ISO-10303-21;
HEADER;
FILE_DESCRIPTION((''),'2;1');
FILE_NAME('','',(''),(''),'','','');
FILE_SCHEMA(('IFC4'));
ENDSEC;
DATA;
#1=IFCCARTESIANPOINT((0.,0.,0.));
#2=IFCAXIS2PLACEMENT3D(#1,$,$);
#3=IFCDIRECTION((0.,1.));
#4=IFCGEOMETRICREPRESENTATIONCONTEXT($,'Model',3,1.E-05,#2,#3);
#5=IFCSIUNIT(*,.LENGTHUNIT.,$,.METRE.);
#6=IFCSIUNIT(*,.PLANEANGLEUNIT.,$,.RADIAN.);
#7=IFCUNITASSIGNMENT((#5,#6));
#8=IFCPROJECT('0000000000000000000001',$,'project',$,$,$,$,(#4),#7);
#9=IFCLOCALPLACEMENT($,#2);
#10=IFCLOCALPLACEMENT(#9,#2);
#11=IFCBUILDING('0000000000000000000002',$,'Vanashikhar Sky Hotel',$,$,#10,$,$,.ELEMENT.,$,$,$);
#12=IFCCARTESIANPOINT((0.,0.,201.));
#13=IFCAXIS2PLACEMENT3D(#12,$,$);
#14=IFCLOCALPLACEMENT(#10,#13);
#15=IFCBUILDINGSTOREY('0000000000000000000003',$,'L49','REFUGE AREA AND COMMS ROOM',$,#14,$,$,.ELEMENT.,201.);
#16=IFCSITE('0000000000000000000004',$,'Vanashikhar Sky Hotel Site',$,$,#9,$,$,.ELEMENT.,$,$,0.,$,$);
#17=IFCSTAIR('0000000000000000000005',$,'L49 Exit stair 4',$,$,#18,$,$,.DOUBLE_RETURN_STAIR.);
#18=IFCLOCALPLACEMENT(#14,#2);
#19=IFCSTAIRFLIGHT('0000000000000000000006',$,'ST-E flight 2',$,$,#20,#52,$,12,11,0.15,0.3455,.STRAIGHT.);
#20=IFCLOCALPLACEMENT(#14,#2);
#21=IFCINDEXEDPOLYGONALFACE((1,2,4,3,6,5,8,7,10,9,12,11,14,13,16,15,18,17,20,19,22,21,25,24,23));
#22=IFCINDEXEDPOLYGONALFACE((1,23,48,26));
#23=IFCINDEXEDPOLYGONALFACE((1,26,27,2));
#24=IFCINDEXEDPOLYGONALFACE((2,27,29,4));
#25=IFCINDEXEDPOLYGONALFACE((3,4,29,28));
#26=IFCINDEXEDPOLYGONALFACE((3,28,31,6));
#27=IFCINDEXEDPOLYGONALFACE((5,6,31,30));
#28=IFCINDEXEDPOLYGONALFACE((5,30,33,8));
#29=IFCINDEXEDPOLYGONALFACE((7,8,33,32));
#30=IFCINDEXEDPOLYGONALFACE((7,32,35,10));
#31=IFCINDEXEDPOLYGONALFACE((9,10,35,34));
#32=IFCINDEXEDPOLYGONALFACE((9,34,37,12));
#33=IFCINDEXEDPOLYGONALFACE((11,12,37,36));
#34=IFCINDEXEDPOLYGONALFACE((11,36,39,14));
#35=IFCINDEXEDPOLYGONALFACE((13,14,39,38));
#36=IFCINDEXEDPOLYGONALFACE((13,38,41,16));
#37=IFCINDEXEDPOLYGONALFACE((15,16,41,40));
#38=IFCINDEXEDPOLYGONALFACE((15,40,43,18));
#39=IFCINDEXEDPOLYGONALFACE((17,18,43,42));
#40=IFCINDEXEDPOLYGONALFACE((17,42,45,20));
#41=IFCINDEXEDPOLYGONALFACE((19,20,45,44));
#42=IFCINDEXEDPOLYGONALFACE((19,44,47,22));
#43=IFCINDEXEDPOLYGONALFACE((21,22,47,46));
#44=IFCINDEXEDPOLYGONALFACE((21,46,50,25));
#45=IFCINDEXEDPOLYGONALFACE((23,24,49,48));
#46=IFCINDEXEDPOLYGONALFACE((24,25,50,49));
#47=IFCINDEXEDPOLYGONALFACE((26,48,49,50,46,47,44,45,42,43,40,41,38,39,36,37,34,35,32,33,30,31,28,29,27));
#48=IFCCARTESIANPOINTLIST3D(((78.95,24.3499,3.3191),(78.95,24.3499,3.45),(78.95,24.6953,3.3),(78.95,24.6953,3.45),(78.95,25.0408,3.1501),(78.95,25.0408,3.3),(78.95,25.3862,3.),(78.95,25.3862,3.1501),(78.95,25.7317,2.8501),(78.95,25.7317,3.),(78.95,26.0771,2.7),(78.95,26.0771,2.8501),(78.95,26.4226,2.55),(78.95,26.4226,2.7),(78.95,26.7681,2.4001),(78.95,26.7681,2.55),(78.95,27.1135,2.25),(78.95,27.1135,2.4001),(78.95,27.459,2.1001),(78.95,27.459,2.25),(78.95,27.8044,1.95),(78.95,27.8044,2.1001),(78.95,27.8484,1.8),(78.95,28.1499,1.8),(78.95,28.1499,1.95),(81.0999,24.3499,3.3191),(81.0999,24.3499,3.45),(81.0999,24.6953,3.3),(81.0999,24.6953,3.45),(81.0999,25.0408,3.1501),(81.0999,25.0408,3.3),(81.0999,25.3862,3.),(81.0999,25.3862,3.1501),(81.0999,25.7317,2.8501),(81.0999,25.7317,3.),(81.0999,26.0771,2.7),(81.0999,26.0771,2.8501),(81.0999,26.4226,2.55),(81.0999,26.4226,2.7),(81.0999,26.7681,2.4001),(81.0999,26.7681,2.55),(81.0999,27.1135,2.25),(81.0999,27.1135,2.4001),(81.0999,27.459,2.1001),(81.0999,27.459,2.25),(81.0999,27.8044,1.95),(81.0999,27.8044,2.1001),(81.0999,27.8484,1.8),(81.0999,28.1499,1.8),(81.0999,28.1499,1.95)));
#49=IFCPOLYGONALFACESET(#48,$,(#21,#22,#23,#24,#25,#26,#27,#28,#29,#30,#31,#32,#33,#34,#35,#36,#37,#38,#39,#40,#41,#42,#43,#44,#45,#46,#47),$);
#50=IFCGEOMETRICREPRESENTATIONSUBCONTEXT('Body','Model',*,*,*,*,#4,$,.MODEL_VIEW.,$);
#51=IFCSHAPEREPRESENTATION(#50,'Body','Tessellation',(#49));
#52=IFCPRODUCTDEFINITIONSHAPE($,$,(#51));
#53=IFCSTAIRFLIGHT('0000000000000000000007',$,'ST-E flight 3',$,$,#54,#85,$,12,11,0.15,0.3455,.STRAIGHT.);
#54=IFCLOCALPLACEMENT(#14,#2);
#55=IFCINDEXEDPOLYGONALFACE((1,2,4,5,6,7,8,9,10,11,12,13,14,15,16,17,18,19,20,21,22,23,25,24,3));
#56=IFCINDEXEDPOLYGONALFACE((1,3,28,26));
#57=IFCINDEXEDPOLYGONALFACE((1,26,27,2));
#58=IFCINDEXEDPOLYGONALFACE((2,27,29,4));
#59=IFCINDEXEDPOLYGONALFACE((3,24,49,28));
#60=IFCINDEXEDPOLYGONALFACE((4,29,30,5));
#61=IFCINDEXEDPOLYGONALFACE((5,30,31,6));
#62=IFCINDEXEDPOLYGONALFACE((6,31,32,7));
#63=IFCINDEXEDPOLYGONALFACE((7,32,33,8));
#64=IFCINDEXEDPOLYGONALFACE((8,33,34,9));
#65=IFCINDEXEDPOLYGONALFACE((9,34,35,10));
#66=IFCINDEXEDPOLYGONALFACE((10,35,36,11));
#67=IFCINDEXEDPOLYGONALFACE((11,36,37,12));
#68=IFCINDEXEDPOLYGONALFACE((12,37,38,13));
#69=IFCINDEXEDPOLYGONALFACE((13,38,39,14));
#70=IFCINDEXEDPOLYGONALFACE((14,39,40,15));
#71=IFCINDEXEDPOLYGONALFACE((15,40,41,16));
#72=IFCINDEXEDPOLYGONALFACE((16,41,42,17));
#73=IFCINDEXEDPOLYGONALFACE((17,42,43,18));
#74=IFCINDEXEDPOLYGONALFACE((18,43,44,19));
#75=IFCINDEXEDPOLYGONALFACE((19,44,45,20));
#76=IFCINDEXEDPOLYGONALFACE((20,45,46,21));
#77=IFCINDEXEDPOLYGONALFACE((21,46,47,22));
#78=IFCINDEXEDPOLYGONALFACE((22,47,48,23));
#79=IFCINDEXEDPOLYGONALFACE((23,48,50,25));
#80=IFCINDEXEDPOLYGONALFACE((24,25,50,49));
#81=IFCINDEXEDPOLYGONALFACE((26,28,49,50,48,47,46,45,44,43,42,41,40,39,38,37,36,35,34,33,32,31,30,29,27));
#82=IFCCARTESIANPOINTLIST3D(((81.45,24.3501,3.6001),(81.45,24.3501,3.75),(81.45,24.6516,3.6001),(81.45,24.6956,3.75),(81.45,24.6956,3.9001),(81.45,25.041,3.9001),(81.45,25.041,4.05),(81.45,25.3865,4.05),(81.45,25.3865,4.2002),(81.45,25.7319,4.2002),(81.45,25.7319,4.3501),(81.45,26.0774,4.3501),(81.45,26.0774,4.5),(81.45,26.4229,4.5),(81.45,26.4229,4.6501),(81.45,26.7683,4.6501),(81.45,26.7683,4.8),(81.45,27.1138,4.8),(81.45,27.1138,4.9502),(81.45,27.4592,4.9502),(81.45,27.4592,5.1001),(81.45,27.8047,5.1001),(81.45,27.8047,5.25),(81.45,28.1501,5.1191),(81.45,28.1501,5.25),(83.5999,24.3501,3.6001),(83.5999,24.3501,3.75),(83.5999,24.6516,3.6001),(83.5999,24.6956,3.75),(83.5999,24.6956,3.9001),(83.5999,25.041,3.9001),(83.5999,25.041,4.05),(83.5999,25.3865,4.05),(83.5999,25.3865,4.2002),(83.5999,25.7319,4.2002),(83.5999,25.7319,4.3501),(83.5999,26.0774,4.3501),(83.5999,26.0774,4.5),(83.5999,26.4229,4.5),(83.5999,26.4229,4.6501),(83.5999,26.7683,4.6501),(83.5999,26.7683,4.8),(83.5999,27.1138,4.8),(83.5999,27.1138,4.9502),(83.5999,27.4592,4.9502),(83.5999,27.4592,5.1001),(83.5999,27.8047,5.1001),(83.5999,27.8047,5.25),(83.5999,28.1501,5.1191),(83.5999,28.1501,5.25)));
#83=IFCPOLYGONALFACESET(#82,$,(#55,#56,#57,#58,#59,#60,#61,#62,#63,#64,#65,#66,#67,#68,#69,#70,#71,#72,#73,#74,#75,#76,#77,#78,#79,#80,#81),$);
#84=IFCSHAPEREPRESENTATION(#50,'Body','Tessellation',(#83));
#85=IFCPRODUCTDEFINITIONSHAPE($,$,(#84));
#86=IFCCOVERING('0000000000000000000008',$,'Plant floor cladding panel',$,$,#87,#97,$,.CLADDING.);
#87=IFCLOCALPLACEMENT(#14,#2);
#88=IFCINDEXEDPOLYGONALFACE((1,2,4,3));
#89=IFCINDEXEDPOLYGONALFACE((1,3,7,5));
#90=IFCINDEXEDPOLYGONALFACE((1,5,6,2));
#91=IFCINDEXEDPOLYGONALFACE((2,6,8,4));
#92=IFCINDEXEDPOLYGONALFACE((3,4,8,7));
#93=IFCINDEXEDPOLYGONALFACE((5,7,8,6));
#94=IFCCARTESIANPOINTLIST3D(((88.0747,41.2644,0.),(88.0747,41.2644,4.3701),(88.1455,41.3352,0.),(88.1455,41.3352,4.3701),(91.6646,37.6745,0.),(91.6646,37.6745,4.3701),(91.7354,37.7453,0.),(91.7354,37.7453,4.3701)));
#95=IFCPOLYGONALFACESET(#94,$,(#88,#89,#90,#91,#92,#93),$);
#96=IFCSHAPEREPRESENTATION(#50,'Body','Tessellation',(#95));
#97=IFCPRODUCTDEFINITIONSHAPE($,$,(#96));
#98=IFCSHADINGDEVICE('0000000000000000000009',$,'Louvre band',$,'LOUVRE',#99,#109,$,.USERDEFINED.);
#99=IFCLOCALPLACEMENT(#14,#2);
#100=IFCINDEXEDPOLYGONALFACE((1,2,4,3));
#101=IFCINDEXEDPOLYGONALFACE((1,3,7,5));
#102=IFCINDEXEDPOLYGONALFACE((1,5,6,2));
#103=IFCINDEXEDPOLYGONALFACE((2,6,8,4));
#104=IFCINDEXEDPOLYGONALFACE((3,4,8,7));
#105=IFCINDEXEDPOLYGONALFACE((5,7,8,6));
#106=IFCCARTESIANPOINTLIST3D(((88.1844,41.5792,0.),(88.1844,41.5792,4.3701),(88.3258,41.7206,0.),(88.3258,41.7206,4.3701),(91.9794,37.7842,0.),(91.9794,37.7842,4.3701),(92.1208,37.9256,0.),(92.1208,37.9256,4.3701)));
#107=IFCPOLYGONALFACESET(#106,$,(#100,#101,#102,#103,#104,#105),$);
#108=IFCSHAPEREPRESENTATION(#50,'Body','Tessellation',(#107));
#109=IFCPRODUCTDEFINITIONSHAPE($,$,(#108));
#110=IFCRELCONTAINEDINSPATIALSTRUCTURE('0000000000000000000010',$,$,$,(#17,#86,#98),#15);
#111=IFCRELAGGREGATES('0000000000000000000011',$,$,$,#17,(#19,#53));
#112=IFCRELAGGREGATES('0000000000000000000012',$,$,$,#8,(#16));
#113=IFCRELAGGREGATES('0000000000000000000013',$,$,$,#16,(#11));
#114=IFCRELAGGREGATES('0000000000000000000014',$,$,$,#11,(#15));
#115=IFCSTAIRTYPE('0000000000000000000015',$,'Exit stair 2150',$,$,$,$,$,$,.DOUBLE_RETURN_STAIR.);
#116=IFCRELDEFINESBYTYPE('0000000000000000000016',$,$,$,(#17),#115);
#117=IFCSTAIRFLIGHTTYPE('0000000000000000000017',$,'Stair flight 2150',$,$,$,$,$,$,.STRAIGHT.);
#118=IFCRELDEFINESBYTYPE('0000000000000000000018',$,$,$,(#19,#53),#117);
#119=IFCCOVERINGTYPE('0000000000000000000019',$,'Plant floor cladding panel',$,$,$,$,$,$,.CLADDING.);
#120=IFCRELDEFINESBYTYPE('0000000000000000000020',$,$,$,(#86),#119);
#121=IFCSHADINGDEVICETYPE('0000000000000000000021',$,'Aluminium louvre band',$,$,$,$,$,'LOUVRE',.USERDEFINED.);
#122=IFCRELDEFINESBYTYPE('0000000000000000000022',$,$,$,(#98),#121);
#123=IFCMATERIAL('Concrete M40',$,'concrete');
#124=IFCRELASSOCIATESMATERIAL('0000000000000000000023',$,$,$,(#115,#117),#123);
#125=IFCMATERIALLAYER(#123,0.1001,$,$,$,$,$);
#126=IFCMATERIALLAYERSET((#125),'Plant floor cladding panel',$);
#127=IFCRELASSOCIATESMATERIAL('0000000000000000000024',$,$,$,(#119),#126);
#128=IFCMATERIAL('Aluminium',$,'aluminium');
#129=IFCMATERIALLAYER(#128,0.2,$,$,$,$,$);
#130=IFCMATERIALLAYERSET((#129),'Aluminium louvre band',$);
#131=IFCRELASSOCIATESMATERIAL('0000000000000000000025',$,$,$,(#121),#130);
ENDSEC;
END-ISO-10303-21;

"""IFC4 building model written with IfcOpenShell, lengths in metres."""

from ifc_helpers import new_model, si_unit, direction, frame, origin, origin_2d, place, context, subcontext, project, spatial, polyline, rectangle, outline, extrude, source, transform, mapped, material, layer, layer_set, type_object, element, aggregate, save


model = new_model("IFC4")

# Units and contexts
model_context = context("Model", 3, precision=1e-05, world=origin(), true_north=direction((0.0, 1.0)))
body_context = subcontext(model_context, "Body", "Model", "MODEL_VIEW")
ifc_project = project(units=[si_unit("LENGTHUNIT", "METRE"), si_unit("PLANEANGLEUNIT", "RADIAN")], contexts=[model_context])

# Site, building, storey
site_placement = place(None, origin())
site = spatial("IfcSite", under=ifc_project, at=site_placement, Name="Vanashikhar Sky Hotel Site", CompositionType="ELEMENT", RefElevation=0.0)
building_placement = place(site_placement, origin())
building = spatial("IfcBuilding", under=site, at=building_placement, Name="Vanashikhar Sky Hotel", CompositionType="ELEMENT")
storey_placement = place(building_placement, frame((0.0, 0.0, 201.0)))
storey = spatial("IfcBuildingStorey", under=building, at=storey_placement, Name="L49", Description="REFUGE AREA AND COMMS ROOM", CompositionType="ELEMENT", Elevation=201.0)

# Stair, stair flights
ifc_material_1 = material(Name="Concrete M40", Category="concrete")
stair_type = type_object("IfcStairType", Name="Exit stair 2150", PredefinedType="DOUBLE_RETURN_STAIR", material=ifc_material_1)
stair_placement = place(storey_placement, origin())
stair = element("IfcStair", 1, at=stair_placement, inside=storey, type_object=stair_type, Name="L49 Exit stair 4", PredefinedType="DOUBLE_RETURN_STAIR")
stair_flight_type = type_object("IfcStairFlightType", Name="Stair flight 2150", PredefinedType="STRAIGHT", material=ifc_material_1)
shared_shape_1 = source(origin(), body_context, "Body", "SweptSolid", [
    extrude(outline(polyline([(0.0, 0.0), (0.0, 0.1499), (0.3455, 0.1499), (0.3455, 0.3), (0.6909, 0.3), (0.6909, 0.45), (1.0364, 0.45), (1.0364, 0.6001), (1.3818, 0.6001), (1.3818, 0.75), (1.7273, 0.75), (1.7273, 0.8999), (2.0728, 0.8999), (2.0728, 1.05), (2.4182, 1.05), (2.4182, 1.2), (2.7637, 1.2), (2.7637, 1.3501), (3.1091, 1.3501), (3.1091, 1.5), (3.4546, 1.5), (3.4546, 1.6499), (3.8, 1.6499), (3.8, 1.8), (3.8, 1.519), (0.3015, 0.0), (0.0, 0.0)])), frame((0.0, 1.075, 0.0), z_axis=(0.0, -1.0, 0.0), x_axis=(1.0, 0.0, 0.0)), (0.0, 0.0, 1.0), 2.1499),
])
stair_flight_1_placement = place(storey_placement, frame((80.0249, 28.1499, 1.8), z_axis=(0.0, 0.0, 1.0), x_axis=(0.0, -1.0, 0.0)))
stair_flight_1 = element("IfcStairFlight", 2, at=stair_flight_1_placement, type_object=stair_flight_type, Name="ST-E flight 2", NumberOfRisers=12, NumberOfTreads=11, PredefinedType="STRAIGHT", RiserHeight=0.15, TreadLength=0.3455, context=body_context, shape_type="MappedRepresentation", body=[
    mapped(shared_shape_1, transform((0.0, 0.0, 0.0), scale=1.0)),
])
stair_flight_2_placement = place(storey_placement, frame((82.5249, 24.3501, 3.6001), z_axis=(0.0, 0.0, 1.0), x_axis=(0.0, 1.0, 0.0)))
stair_flight_2 = element("IfcStairFlight", 3, at=stair_flight_2_placement, type_object=stair_flight_type, Name="ST-E flight 3", NumberOfRisers=12, NumberOfTreads=11, PredefinedType="STRAIGHT", RiserHeight=0.15, TreadLength=0.3455, context=body_context, shape_type="MappedRepresentation", body=[
    mapped(shared_shape_1, transform((0.0, 0.0, 0.0), scale=1.0)),
])
aggregate(stair, [stair_flight_1, stair_flight_2])

# Covering
ifc_layer_1 = layer(ifc_material_1, 0.1001)
ifc_layer_set_1 = layer_set([ifc_layer_1], Name="Plant floor cladding panel")
covering_type = type_object("IfcCoveringType", Name="Plant floor cladding panel", PredefinedType="CLADDING", material=ifc_layer_set_1)
shared_shape_2 = source(origin(), body_context, "Body", "SweptSolid", [
    extrude(rectangle(XDim=5.0769, YDim=0.1001, at=origin_2d()), origin(), (0.0, 0.0, 1.0), 4.3701),
])
covering_placement = place(storey_placement, frame((89.905, 39.5049, 0.0), z_axis=(0.0, 0.0, 1.0), x_axis=(-0.707107, 0.707107, 0.0)))
element("IfcCovering", 4, at=covering_placement, inside=storey, type_object=covering_type, Name="Plant floor cladding panel", PredefinedType="CLADDING", context=body_context, shape_type="MappedRepresentation", body=[
    mapped(shared_shape_2, transform((0.0, 0.0, 0.0), scale=1.0)),
])

# Shading device
ifc_material_2 = material(Name="Aluminium", Category="aluminium")
ifc_layer_2 = layer(ifc_material_2, 0.2)
ifc_layer_set_2 = layer_set([ifc_layer_2], Name="Aluminium louvre band")
shading_device_type = type_object("IfcShadingDeviceType", Name="Aluminium louvre band", ElementType="LOUVRE", PredefinedType="USERDEFINED", material=ifc_layer_set_2)
shared_shape_3 = source(origin(), body_context, "Body", "SweptSolid", [
    extrude(rectangle(XDim=5.3669, YDim=0.2, at=origin_2d()), origin(), (0.0, 0.0, 1.0), 4.3701),
])
shading_device_placement = place(storey_placement, frame((90.1526, 39.7524, 0.0), z_axis=(0.0, 0.0, 1.0), x_axis=(-0.707107, 0.707107, 0.0)))
element("IfcShadingDevice", 5, at=shading_device_placement, inside=storey, type_object=shading_device_type, Name="Louvre band", ObjectType="LOUVRE", PredefinedType="USERDEFINED", context=body_context, shape_type="MappedRepresentation", body=[
    mapped(shared_shape_3, transform((0.0, 0.0, 0.0), scale=1.0)),
])

save(model, "model.ifc")
